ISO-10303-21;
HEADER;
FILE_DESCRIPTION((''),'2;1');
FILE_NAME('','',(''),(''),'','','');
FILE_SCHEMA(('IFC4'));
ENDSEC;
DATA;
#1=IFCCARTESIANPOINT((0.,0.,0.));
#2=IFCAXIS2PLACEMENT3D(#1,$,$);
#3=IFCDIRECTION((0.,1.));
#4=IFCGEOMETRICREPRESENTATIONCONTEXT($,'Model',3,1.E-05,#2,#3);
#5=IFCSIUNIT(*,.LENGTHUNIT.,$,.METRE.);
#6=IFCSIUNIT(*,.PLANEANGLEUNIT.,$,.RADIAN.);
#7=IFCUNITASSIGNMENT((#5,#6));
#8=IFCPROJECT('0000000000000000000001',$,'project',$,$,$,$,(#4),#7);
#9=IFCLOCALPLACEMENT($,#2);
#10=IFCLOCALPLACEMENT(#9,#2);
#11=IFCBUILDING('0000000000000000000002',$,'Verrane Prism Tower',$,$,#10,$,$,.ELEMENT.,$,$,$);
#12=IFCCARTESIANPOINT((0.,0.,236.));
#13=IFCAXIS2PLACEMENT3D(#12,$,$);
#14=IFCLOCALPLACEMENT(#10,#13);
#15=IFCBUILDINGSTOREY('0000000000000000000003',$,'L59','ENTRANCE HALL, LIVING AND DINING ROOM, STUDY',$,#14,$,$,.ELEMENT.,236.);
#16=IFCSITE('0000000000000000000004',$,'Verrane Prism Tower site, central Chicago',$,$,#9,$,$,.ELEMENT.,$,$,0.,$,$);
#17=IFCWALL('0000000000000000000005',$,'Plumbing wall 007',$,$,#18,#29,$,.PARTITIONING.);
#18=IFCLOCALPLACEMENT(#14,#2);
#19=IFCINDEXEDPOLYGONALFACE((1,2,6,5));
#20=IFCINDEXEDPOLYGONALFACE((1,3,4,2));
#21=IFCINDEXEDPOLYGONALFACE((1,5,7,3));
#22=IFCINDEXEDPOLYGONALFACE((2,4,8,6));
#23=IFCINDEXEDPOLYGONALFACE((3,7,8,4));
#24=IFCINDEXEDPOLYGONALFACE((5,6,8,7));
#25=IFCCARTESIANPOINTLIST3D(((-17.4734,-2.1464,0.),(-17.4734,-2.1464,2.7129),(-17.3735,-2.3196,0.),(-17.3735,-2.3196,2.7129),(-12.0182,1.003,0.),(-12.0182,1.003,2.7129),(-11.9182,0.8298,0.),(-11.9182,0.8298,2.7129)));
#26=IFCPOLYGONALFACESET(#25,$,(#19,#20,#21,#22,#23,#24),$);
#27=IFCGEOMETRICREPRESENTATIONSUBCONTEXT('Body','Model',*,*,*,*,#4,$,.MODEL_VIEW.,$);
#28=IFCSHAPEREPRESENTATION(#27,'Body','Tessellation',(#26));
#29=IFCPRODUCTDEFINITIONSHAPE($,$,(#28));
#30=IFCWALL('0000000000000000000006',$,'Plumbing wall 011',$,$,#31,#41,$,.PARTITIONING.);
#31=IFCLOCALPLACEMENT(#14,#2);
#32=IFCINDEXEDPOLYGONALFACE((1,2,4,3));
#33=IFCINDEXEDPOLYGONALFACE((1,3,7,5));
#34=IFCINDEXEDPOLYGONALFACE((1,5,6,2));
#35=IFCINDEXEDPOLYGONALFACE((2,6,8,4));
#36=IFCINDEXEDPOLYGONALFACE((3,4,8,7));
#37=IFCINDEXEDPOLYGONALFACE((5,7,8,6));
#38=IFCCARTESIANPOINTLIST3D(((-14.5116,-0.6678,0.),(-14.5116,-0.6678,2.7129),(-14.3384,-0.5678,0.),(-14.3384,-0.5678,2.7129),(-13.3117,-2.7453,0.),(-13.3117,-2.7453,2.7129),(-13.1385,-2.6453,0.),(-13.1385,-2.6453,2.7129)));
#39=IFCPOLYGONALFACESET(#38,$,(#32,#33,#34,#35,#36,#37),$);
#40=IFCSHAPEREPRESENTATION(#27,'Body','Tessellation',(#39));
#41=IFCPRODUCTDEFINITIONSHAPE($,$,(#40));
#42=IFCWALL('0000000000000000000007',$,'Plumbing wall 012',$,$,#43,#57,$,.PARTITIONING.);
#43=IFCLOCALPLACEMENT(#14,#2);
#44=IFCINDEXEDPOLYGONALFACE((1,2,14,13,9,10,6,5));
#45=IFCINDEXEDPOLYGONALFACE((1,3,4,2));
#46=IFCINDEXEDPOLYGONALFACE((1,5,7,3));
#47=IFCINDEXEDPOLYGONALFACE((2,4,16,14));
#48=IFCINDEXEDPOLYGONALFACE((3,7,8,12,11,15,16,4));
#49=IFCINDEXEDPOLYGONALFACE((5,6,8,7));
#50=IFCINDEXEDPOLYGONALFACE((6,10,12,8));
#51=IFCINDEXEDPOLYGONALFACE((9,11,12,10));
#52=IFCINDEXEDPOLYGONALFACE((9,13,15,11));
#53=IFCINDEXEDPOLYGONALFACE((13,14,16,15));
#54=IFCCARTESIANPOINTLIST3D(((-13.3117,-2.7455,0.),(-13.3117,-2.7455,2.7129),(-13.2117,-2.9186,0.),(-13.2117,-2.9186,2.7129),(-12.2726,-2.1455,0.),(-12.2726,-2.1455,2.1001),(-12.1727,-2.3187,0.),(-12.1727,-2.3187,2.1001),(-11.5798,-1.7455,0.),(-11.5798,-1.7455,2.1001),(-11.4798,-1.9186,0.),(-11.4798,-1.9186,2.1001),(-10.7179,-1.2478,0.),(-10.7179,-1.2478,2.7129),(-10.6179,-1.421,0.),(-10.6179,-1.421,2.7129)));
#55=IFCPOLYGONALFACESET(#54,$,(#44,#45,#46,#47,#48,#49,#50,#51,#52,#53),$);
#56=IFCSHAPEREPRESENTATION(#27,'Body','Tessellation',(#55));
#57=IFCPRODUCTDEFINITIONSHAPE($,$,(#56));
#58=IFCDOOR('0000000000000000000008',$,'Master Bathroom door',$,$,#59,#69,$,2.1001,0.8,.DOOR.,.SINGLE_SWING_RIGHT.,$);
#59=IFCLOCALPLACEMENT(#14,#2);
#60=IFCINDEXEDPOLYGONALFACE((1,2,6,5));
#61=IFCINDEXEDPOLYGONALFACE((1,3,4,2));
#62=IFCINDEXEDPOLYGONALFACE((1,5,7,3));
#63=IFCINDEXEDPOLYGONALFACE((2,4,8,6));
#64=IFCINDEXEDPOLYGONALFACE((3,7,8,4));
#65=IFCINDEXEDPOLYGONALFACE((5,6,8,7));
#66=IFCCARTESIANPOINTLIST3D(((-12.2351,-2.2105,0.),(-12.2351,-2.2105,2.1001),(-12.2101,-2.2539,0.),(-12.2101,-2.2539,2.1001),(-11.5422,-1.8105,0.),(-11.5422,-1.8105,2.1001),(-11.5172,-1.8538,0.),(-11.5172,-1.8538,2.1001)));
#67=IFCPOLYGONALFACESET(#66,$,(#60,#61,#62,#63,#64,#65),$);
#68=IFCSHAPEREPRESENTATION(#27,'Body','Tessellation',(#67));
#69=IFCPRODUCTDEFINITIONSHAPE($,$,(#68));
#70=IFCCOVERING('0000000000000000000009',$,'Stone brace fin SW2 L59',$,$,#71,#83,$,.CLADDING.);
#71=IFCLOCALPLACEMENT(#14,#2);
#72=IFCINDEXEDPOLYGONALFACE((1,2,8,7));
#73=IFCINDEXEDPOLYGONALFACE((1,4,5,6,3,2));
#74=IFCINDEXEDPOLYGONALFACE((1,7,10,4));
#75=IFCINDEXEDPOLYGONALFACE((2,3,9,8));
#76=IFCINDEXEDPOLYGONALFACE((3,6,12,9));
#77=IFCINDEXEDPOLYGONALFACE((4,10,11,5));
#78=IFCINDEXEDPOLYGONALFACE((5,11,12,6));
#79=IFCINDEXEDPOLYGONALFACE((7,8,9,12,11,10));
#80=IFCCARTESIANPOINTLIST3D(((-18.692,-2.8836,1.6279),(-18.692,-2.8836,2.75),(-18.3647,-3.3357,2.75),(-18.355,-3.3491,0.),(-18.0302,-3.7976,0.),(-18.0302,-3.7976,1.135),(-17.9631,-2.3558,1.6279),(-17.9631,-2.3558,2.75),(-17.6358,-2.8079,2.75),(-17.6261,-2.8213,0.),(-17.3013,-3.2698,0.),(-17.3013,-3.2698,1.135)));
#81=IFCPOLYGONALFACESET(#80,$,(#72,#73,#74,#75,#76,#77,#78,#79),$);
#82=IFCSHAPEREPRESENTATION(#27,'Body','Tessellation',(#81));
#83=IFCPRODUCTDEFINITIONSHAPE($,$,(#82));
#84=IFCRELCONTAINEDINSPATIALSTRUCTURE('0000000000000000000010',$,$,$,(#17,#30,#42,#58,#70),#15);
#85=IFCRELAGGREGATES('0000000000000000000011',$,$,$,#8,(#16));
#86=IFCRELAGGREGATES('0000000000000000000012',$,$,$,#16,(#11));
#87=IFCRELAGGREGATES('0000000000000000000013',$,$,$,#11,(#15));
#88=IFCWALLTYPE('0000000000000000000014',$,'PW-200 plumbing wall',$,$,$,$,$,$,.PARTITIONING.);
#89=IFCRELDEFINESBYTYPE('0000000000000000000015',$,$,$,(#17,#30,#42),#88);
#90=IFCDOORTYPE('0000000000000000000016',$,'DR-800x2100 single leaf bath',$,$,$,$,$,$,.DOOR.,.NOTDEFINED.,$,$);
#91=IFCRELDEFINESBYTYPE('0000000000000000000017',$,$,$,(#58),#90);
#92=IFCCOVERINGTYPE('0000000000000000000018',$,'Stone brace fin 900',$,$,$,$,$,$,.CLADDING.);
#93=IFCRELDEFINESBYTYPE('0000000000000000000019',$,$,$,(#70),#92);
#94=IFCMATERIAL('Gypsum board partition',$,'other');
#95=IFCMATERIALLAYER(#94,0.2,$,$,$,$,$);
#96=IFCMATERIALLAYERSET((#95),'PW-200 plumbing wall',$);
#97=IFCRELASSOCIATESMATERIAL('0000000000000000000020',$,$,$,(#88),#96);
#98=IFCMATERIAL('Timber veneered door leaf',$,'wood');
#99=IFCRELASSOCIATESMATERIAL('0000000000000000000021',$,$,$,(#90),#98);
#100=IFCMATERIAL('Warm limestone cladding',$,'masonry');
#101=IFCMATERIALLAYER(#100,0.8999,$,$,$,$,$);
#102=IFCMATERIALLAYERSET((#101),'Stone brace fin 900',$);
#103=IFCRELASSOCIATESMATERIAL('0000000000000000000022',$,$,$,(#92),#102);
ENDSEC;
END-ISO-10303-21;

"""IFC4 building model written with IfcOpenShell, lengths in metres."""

from ifc_helpers import new_model, si_unit, direction, frame, frame_2d, origin, place, context, subcontext, project, spatial, polyline, rectangle, outline, extrude, material, layer, layer_set, type_object, element, fill, save


model = new_model("IFC4")

# Units and contexts
model_context = context("Model", 3, precision=1e-05, world=origin(), true_north=direction((0.0, 1.0)))
body_context = subcontext(model_context, "Body", "Model", "MODEL_VIEW")
ifc_project = project(units=[si_unit("LENGTHUNIT", "METRE"), si_unit("PLANEANGLEUNIT", "RADIAN")], contexts=[model_context])

# Site, building, storey
site_placement = place(None, origin())
site = spatial("IfcSite", under=ifc_project, at=site_placement, Name="Verrane Prism Tower site, central Chicago", CompositionType="ELEMENT", RefElevation=0.0)
building_placement = place(site_placement, origin())
building = spatial("IfcBuilding", under=site, at=building_placement, Name="Verrane Prism Tower", CompositionType="ELEMENT")
storey_placement = place(building_placement, frame((0.0, 0.0, 236.0)))
storey = spatial("IfcBuildingStorey", under=building, at=storey_placement, Name="L59", Description="ENTRANCE HALL, LIVING AND DINING ROOM, STUDY", CompositionType="ELEMENT", Elevation=236.0)

# Walls
ifc_material_1 = material(Name="Gypsum board partition", Category="other")
ifc_layer_1 = layer(ifc_material_1, 0.2)
ifc_layer_set_1 = layer_set([ifc_layer_1], Name="PW-200 plumbing wall")
wall_type_1 = type_object("IfcWallType", Name="PW-200 plumbing wall", PredefinedType="PARTITIONING", material=ifc_layer_set_1)
wall_1_placement = place(storey_placement, frame((-17.4233, -2.2329, 0.0), z_axis=(0.0, 0.0, 1.0), x_axis=(0.86604, 0.499974, 0.0)))
element("IfcWall", 1, at=wall_1_placement, inside=storey, type_object=wall_type_1, Name="Plumbing wall 007", PredefinedType="PARTITIONING", context=body_context, shape_type="SweptSolid", body=[
    extrude(rectangle(XDim=6.2991, YDim=0.2, at=frame_2d((3.1494, 0.0))), origin(), (0.0, 0.0, 1.0), 2.7129),
])
wall_2_placement = place(storey_placement, frame((-14.425, -0.6177, 0.0), z_axis=(0.0, 0.0, 1.0), x_axis=(0.500133, -0.865948, 0.0)))
element("IfcWall", 2, at=wall_2_placement, inside=storey, type_object=wall_type_1, Name="Plumbing wall 011", PredefinedType="PARTITIONING", context=body_context, shape_type="SweptSolid", body=[
    extrude(rectangle(XDim=2.3992, YDim=0.2, at=frame_2d((1.1997, 0.0))), origin(), (0.0, 0.0, 1.0), 2.7129),
])

# Wall, opening, door
wall_3_placement = place(storey_placement, frame((-13.2617, -2.832, 0.0), z_axis=(0.0, 0.0, 1.0), x_axis=(0.866017, 0.500014, 0.0)))
wall_3 = element("IfcWall", 3, at=wall_3_placement, inside=storey, type_object=wall_type_1, Name="Plumbing wall 012", PredefinedType="PARTITIONING", context=body_context, shape_type="SweptSolid", body=[
    extrude(rectangle(XDim=2.9951, YDim=0.2, at=frame_2d((1.4976, 0.0))), origin(), (0.0, 0.0, 1.0), 2.7129),
])
opening_placement = place(wall_3_placement, frame((1.2, 0.0, 0.0)))
opening = element("IfcOpeningElement", 4, at=opening_placement, cuts=wall_3, PredefinedType="OPENING", context=body_context, shape_type="SweptSolid", body=[
    extrude(rectangle(XDim=0.8, YDim=2.1001, at=frame_2d((0.3999, 1.05))), frame((0.0, 0.1099, 0.0), z_axis=(0.0, -1.0, 0.0), x_axis=(1.0, 0.0, 0.0)), (0.0, 0.0, 1.0), 0.22),
])
ifc_material_2 = material(Name="Timber veneered door leaf", Category="wood")
door_type = type_object("IfcDoorType", Name="DR-800x2100 single leaf bath", OperationType="NOTDEFINED", PredefinedType="DOOR", material=ifc_material_2)
door_placement = place(opening_placement, origin())
door = element("IfcDoor", 5, at=door_placement, inside=storey, type_object=door_type, Name="Master Bathroom door", OperationType="SINGLE_SWING_RIGHT", OverallHeight=2.1001, OverallWidth=0.8, PredefinedType="DOOR", context=body_context, shape_type="SweptSolid", body=[
    extrude(rectangle(XDim=0.8, YDim=2.1001, at=frame_2d((0.3999, 1.05))), frame((0.0, 0.0249, 0.0), z_axis=(0.0, -1.0, 0.0), x_axis=(1.0, 0.0, 0.0)), (0.0, 0.0, 1.0), 0.05),
])
fill(opening, door)

# Covering
ifc_material_3 = material(Name="Warm limestone cladding", Category="masonry")
ifc_layer_2 = layer(ifc_material_3, 0.8999)
ifc_layer_set_2 = layer_set([ifc_layer_2], Name="Stone brace fin 900")
covering_type = type_object("IfcCoveringType", Name="Stone brace fin 900", PredefinedType="CLADDING", material=ifc_layer_set_2)
covering_placement = place(storey_placement, frame((-17.6658, -3.5337, 0.0), z_axis=(0.0, 0.0, 1.0), x_axis=(-0.586485, 0.80996, 0.0)))
element("IfcCovering", 6, at=covering_placement, inside=storey, type_object=covering_type, Name="Stone brace fin SW2 L59", PredefinedType="CLADDING", context=body_context, shape_type="SweptSolid", body=[
    extrude(outline(polyline([(1.1284, 2.75), (0.5703, 2.75), (0.0, 1.135), (0.0, 0.0), (0.5537, 0.0), (1.1284, 1.6279), (1.1284, 2.75)])), frame((0.0, 0.45, 0.0), z_axis=(0.0, -1.0, 0.0), x_axis=(1.0, 0.0, 0.0)), (0.0, 0.0, 1.0), 0.8999),
])

save(model, "model.ifc")
